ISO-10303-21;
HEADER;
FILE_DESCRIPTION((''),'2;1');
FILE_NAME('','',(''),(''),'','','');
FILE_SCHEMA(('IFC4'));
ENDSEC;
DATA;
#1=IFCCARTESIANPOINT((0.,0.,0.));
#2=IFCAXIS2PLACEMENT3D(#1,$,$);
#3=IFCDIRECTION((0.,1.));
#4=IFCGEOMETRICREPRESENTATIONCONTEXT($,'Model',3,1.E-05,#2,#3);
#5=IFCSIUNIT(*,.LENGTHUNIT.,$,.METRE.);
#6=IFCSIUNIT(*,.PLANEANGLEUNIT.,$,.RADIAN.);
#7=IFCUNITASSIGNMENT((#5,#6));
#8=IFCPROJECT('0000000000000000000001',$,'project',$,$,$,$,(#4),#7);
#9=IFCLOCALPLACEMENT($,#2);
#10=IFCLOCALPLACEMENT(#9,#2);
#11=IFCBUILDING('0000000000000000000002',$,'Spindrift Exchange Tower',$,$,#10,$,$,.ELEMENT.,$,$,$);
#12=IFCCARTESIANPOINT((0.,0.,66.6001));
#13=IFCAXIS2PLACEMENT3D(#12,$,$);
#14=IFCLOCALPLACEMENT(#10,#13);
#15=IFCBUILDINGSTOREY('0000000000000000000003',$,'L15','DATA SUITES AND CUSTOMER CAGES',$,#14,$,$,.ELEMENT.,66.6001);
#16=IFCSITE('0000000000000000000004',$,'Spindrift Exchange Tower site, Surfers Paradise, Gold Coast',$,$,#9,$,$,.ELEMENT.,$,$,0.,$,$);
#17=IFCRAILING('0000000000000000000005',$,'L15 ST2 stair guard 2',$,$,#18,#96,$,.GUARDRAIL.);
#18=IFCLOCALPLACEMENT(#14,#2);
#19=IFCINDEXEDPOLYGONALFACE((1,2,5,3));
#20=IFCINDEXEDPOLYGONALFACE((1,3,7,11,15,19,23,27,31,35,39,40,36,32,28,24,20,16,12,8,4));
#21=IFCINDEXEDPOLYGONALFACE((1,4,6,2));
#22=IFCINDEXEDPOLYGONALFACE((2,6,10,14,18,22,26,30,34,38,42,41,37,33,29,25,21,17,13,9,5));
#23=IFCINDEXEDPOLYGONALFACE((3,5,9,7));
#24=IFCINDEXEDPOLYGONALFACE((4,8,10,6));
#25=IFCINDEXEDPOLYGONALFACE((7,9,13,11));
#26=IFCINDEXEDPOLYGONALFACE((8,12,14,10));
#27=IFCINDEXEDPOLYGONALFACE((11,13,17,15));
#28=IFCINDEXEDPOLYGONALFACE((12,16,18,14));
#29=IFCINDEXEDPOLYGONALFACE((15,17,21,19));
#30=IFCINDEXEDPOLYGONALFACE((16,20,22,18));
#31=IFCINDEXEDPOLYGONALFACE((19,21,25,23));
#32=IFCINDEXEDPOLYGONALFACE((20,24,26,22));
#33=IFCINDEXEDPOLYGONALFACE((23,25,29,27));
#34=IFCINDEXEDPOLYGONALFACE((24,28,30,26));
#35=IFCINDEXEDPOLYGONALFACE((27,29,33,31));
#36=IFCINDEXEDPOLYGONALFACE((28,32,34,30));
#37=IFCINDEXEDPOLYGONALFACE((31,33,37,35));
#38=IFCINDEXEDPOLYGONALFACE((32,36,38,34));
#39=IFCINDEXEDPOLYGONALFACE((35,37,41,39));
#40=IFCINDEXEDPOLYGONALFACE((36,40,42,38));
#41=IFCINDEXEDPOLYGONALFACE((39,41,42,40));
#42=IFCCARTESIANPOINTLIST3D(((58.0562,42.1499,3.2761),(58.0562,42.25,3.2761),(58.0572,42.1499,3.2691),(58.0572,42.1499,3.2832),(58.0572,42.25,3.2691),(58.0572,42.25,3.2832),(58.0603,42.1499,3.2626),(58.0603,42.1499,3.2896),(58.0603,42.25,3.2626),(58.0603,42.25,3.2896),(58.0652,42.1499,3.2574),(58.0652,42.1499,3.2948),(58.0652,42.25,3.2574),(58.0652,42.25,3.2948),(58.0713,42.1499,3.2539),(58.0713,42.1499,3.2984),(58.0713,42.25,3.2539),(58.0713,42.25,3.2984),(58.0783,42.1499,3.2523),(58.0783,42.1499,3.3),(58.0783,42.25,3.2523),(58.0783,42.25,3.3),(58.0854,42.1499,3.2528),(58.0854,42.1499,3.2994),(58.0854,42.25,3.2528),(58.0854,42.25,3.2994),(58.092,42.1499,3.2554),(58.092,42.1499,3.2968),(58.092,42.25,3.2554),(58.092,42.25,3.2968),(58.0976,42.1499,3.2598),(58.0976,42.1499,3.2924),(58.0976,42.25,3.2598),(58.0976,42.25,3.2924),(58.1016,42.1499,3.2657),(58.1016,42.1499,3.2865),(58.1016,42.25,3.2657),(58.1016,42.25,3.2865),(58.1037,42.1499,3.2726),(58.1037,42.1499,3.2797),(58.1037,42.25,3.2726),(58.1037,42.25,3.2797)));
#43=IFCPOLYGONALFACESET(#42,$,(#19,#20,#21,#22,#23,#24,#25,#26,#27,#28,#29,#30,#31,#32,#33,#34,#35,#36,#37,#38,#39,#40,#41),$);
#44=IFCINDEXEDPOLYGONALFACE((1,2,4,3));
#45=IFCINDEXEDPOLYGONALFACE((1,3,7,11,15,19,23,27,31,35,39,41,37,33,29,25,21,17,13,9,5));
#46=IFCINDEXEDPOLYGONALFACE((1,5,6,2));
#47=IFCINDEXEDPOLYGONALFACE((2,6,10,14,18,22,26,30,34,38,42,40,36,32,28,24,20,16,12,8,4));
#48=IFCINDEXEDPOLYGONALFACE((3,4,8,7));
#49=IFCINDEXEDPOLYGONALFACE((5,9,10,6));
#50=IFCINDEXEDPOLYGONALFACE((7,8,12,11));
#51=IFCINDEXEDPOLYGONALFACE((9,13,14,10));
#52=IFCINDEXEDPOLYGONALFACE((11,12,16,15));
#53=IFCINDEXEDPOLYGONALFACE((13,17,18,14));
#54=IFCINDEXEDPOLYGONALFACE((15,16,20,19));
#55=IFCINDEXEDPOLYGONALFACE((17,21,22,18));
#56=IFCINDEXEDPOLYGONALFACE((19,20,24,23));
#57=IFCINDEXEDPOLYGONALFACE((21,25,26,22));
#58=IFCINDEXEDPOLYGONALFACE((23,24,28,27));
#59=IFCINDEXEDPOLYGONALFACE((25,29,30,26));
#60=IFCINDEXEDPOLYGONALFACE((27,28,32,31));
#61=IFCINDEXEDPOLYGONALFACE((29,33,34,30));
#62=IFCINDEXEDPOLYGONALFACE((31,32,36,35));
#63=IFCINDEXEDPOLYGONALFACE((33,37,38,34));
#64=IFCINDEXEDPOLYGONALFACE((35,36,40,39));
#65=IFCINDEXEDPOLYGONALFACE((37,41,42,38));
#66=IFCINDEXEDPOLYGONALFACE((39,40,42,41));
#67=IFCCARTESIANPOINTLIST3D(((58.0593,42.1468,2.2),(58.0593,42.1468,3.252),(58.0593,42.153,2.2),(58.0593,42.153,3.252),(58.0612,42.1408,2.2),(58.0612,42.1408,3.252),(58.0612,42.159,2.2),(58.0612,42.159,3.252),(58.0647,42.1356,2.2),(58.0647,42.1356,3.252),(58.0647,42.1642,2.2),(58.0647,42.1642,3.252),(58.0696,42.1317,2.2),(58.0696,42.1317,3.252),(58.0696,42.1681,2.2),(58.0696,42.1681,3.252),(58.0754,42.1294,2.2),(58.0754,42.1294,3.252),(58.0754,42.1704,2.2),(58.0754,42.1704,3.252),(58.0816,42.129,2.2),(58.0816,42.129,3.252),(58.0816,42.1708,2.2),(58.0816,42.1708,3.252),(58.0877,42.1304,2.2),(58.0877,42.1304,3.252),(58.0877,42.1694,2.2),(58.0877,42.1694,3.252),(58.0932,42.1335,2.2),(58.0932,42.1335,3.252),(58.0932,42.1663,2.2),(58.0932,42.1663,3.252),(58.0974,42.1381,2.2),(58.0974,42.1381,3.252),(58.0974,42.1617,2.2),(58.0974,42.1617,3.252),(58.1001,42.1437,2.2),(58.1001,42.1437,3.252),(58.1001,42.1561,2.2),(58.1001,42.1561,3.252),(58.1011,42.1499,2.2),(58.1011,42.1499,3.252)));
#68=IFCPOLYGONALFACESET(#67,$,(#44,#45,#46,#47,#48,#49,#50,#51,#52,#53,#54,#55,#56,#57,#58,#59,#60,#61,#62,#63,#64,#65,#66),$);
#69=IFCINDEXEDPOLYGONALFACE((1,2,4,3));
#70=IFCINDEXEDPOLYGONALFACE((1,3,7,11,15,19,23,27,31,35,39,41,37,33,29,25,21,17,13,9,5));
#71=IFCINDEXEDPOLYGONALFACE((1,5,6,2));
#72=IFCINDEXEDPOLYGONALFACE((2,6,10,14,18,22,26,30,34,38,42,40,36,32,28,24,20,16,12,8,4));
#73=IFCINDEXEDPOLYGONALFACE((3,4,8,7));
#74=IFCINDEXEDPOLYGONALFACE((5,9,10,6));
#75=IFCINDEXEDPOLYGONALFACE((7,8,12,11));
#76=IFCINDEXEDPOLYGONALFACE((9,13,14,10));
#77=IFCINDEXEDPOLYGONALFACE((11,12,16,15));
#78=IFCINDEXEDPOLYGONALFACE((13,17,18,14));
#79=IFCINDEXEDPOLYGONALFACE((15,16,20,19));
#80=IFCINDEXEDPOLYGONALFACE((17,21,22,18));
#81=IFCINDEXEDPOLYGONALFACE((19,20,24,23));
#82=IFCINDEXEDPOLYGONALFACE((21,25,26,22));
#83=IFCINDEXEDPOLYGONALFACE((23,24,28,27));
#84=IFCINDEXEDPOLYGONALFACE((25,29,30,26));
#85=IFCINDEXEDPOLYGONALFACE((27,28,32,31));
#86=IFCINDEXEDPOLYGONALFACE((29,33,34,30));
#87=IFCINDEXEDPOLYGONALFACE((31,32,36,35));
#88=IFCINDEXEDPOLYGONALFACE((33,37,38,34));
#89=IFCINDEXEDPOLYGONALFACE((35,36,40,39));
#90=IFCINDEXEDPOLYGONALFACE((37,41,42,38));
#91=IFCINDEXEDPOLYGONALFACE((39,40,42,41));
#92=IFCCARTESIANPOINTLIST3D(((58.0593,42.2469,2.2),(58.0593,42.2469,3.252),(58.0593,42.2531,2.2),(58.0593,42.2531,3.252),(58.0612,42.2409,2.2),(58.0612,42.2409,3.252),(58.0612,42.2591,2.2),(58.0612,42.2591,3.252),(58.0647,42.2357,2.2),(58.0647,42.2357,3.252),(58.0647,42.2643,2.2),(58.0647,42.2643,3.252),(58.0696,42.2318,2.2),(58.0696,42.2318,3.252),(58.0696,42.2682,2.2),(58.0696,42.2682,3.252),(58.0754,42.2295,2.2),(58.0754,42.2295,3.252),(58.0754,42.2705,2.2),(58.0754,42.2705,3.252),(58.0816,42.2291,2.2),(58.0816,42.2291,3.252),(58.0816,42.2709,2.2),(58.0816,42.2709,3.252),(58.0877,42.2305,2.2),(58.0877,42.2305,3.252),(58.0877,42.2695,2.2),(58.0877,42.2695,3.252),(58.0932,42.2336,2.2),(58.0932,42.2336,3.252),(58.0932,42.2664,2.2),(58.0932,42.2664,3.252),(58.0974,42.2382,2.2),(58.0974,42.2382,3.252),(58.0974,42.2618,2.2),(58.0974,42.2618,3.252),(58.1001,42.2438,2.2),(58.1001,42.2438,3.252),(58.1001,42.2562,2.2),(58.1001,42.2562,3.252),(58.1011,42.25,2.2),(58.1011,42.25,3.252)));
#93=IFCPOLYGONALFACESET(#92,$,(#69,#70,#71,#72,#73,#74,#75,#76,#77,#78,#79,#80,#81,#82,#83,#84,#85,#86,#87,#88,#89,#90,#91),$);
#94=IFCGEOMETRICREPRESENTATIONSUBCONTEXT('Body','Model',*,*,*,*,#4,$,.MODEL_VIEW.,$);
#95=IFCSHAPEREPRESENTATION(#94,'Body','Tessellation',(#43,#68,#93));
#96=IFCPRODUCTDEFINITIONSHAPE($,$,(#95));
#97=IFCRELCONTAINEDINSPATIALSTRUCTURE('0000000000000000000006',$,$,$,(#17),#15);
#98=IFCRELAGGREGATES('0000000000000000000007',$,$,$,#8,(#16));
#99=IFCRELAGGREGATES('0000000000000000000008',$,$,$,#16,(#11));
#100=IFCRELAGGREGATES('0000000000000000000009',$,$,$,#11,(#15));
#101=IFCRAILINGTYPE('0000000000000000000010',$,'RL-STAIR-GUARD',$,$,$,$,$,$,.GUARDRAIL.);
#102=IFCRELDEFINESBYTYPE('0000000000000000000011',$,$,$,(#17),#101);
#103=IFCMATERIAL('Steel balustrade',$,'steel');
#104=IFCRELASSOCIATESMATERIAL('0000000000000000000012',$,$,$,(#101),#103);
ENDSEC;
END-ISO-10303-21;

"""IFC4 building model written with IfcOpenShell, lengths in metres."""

from ifc_helpers import new_model, si_unit, direction, frame, origin, origin_2d, place, context, subcontext, project, spatial, circle, extrude, material, type_object, element, save


model = new_model("IFC4")

# Units and contexts
model_context = context("Model", 3, precision=1e-05, world=origin(), true_north=direction((0.0, 1.0)))
body_context = subcontext(model_context, "Body", "Model", "MODEL_VIEW")
ifc_project = project(units=[si_unit("LENGTHUNIT", "METRE"), si_unit("PLANEANGLEUNIT", "RADIAN")], contexts=[model_context])

# Site, building, storey
site_placement = place(None, origin())
site = spatial("IfcSite", under=ifc_project, at=site_placement, Name="Spindrift Exchange Tower site, Surfers Paradise, Gold Coast", CompositionType="ELEMENT", RefElevation=0.0)
building_placement = place(site_placement, origin())
building = spatial("IfcBuilding", under=site, at=building_placement, Name="Spindrift Exchange Tower", CompositionType="ELEMENT")
storey_placement = place(building_placement, frame((0.0, 0.0, 66.6001)))
storey = spatial("IfcBuildingStorey", under=building, at=storey_placement, Name="L15", Description="DATA SUITES AND CUSTOMER CAGES", CompositionType="ELEMENT", Elevation=66.6001)

# Railing
ifc_material_1 = material(Name="Steel balustrade", Category="steel")
railing_type_1 = type_object("IfcRailingType", Name="RL-STAIR-GUARD", PredefinedType="GUARDRAIL", material=ifc_material_1)
railing_1_placement = place(storey_placement, frame((58.0801, 42.1499, 2.2)))
element("IfcRailing", 1, at=railing_1_placement, inside=storey, type_object=railing_type_1, Name="L15 ST2 stair guard 2", PredefinedType="GUARDRAIL", context=body_context, shape_type="SweptSolid", body=[
    extrude(circle(Radius=0.0239, at=origin_2d()), frame((0.0, 0.0, 1.0762), z_axis=(0.0, 1.0, 0.0), x_axis=(-1.0, 0.0, 0.0)), (0.0, 0.0, 1.0), 0.1001),
    extrude(circle(Radius=0.021, at=origin_2d()), origin(), (0.0, 0.0, 1.0), 1.052),
    extrude(circle(Radius=0.021, at=origin_2d()), frame((0.0, 0.1001, 0.0)), (0.0, 0.0, 1.0), 1.052),
])

save(model, "model.ifc")
